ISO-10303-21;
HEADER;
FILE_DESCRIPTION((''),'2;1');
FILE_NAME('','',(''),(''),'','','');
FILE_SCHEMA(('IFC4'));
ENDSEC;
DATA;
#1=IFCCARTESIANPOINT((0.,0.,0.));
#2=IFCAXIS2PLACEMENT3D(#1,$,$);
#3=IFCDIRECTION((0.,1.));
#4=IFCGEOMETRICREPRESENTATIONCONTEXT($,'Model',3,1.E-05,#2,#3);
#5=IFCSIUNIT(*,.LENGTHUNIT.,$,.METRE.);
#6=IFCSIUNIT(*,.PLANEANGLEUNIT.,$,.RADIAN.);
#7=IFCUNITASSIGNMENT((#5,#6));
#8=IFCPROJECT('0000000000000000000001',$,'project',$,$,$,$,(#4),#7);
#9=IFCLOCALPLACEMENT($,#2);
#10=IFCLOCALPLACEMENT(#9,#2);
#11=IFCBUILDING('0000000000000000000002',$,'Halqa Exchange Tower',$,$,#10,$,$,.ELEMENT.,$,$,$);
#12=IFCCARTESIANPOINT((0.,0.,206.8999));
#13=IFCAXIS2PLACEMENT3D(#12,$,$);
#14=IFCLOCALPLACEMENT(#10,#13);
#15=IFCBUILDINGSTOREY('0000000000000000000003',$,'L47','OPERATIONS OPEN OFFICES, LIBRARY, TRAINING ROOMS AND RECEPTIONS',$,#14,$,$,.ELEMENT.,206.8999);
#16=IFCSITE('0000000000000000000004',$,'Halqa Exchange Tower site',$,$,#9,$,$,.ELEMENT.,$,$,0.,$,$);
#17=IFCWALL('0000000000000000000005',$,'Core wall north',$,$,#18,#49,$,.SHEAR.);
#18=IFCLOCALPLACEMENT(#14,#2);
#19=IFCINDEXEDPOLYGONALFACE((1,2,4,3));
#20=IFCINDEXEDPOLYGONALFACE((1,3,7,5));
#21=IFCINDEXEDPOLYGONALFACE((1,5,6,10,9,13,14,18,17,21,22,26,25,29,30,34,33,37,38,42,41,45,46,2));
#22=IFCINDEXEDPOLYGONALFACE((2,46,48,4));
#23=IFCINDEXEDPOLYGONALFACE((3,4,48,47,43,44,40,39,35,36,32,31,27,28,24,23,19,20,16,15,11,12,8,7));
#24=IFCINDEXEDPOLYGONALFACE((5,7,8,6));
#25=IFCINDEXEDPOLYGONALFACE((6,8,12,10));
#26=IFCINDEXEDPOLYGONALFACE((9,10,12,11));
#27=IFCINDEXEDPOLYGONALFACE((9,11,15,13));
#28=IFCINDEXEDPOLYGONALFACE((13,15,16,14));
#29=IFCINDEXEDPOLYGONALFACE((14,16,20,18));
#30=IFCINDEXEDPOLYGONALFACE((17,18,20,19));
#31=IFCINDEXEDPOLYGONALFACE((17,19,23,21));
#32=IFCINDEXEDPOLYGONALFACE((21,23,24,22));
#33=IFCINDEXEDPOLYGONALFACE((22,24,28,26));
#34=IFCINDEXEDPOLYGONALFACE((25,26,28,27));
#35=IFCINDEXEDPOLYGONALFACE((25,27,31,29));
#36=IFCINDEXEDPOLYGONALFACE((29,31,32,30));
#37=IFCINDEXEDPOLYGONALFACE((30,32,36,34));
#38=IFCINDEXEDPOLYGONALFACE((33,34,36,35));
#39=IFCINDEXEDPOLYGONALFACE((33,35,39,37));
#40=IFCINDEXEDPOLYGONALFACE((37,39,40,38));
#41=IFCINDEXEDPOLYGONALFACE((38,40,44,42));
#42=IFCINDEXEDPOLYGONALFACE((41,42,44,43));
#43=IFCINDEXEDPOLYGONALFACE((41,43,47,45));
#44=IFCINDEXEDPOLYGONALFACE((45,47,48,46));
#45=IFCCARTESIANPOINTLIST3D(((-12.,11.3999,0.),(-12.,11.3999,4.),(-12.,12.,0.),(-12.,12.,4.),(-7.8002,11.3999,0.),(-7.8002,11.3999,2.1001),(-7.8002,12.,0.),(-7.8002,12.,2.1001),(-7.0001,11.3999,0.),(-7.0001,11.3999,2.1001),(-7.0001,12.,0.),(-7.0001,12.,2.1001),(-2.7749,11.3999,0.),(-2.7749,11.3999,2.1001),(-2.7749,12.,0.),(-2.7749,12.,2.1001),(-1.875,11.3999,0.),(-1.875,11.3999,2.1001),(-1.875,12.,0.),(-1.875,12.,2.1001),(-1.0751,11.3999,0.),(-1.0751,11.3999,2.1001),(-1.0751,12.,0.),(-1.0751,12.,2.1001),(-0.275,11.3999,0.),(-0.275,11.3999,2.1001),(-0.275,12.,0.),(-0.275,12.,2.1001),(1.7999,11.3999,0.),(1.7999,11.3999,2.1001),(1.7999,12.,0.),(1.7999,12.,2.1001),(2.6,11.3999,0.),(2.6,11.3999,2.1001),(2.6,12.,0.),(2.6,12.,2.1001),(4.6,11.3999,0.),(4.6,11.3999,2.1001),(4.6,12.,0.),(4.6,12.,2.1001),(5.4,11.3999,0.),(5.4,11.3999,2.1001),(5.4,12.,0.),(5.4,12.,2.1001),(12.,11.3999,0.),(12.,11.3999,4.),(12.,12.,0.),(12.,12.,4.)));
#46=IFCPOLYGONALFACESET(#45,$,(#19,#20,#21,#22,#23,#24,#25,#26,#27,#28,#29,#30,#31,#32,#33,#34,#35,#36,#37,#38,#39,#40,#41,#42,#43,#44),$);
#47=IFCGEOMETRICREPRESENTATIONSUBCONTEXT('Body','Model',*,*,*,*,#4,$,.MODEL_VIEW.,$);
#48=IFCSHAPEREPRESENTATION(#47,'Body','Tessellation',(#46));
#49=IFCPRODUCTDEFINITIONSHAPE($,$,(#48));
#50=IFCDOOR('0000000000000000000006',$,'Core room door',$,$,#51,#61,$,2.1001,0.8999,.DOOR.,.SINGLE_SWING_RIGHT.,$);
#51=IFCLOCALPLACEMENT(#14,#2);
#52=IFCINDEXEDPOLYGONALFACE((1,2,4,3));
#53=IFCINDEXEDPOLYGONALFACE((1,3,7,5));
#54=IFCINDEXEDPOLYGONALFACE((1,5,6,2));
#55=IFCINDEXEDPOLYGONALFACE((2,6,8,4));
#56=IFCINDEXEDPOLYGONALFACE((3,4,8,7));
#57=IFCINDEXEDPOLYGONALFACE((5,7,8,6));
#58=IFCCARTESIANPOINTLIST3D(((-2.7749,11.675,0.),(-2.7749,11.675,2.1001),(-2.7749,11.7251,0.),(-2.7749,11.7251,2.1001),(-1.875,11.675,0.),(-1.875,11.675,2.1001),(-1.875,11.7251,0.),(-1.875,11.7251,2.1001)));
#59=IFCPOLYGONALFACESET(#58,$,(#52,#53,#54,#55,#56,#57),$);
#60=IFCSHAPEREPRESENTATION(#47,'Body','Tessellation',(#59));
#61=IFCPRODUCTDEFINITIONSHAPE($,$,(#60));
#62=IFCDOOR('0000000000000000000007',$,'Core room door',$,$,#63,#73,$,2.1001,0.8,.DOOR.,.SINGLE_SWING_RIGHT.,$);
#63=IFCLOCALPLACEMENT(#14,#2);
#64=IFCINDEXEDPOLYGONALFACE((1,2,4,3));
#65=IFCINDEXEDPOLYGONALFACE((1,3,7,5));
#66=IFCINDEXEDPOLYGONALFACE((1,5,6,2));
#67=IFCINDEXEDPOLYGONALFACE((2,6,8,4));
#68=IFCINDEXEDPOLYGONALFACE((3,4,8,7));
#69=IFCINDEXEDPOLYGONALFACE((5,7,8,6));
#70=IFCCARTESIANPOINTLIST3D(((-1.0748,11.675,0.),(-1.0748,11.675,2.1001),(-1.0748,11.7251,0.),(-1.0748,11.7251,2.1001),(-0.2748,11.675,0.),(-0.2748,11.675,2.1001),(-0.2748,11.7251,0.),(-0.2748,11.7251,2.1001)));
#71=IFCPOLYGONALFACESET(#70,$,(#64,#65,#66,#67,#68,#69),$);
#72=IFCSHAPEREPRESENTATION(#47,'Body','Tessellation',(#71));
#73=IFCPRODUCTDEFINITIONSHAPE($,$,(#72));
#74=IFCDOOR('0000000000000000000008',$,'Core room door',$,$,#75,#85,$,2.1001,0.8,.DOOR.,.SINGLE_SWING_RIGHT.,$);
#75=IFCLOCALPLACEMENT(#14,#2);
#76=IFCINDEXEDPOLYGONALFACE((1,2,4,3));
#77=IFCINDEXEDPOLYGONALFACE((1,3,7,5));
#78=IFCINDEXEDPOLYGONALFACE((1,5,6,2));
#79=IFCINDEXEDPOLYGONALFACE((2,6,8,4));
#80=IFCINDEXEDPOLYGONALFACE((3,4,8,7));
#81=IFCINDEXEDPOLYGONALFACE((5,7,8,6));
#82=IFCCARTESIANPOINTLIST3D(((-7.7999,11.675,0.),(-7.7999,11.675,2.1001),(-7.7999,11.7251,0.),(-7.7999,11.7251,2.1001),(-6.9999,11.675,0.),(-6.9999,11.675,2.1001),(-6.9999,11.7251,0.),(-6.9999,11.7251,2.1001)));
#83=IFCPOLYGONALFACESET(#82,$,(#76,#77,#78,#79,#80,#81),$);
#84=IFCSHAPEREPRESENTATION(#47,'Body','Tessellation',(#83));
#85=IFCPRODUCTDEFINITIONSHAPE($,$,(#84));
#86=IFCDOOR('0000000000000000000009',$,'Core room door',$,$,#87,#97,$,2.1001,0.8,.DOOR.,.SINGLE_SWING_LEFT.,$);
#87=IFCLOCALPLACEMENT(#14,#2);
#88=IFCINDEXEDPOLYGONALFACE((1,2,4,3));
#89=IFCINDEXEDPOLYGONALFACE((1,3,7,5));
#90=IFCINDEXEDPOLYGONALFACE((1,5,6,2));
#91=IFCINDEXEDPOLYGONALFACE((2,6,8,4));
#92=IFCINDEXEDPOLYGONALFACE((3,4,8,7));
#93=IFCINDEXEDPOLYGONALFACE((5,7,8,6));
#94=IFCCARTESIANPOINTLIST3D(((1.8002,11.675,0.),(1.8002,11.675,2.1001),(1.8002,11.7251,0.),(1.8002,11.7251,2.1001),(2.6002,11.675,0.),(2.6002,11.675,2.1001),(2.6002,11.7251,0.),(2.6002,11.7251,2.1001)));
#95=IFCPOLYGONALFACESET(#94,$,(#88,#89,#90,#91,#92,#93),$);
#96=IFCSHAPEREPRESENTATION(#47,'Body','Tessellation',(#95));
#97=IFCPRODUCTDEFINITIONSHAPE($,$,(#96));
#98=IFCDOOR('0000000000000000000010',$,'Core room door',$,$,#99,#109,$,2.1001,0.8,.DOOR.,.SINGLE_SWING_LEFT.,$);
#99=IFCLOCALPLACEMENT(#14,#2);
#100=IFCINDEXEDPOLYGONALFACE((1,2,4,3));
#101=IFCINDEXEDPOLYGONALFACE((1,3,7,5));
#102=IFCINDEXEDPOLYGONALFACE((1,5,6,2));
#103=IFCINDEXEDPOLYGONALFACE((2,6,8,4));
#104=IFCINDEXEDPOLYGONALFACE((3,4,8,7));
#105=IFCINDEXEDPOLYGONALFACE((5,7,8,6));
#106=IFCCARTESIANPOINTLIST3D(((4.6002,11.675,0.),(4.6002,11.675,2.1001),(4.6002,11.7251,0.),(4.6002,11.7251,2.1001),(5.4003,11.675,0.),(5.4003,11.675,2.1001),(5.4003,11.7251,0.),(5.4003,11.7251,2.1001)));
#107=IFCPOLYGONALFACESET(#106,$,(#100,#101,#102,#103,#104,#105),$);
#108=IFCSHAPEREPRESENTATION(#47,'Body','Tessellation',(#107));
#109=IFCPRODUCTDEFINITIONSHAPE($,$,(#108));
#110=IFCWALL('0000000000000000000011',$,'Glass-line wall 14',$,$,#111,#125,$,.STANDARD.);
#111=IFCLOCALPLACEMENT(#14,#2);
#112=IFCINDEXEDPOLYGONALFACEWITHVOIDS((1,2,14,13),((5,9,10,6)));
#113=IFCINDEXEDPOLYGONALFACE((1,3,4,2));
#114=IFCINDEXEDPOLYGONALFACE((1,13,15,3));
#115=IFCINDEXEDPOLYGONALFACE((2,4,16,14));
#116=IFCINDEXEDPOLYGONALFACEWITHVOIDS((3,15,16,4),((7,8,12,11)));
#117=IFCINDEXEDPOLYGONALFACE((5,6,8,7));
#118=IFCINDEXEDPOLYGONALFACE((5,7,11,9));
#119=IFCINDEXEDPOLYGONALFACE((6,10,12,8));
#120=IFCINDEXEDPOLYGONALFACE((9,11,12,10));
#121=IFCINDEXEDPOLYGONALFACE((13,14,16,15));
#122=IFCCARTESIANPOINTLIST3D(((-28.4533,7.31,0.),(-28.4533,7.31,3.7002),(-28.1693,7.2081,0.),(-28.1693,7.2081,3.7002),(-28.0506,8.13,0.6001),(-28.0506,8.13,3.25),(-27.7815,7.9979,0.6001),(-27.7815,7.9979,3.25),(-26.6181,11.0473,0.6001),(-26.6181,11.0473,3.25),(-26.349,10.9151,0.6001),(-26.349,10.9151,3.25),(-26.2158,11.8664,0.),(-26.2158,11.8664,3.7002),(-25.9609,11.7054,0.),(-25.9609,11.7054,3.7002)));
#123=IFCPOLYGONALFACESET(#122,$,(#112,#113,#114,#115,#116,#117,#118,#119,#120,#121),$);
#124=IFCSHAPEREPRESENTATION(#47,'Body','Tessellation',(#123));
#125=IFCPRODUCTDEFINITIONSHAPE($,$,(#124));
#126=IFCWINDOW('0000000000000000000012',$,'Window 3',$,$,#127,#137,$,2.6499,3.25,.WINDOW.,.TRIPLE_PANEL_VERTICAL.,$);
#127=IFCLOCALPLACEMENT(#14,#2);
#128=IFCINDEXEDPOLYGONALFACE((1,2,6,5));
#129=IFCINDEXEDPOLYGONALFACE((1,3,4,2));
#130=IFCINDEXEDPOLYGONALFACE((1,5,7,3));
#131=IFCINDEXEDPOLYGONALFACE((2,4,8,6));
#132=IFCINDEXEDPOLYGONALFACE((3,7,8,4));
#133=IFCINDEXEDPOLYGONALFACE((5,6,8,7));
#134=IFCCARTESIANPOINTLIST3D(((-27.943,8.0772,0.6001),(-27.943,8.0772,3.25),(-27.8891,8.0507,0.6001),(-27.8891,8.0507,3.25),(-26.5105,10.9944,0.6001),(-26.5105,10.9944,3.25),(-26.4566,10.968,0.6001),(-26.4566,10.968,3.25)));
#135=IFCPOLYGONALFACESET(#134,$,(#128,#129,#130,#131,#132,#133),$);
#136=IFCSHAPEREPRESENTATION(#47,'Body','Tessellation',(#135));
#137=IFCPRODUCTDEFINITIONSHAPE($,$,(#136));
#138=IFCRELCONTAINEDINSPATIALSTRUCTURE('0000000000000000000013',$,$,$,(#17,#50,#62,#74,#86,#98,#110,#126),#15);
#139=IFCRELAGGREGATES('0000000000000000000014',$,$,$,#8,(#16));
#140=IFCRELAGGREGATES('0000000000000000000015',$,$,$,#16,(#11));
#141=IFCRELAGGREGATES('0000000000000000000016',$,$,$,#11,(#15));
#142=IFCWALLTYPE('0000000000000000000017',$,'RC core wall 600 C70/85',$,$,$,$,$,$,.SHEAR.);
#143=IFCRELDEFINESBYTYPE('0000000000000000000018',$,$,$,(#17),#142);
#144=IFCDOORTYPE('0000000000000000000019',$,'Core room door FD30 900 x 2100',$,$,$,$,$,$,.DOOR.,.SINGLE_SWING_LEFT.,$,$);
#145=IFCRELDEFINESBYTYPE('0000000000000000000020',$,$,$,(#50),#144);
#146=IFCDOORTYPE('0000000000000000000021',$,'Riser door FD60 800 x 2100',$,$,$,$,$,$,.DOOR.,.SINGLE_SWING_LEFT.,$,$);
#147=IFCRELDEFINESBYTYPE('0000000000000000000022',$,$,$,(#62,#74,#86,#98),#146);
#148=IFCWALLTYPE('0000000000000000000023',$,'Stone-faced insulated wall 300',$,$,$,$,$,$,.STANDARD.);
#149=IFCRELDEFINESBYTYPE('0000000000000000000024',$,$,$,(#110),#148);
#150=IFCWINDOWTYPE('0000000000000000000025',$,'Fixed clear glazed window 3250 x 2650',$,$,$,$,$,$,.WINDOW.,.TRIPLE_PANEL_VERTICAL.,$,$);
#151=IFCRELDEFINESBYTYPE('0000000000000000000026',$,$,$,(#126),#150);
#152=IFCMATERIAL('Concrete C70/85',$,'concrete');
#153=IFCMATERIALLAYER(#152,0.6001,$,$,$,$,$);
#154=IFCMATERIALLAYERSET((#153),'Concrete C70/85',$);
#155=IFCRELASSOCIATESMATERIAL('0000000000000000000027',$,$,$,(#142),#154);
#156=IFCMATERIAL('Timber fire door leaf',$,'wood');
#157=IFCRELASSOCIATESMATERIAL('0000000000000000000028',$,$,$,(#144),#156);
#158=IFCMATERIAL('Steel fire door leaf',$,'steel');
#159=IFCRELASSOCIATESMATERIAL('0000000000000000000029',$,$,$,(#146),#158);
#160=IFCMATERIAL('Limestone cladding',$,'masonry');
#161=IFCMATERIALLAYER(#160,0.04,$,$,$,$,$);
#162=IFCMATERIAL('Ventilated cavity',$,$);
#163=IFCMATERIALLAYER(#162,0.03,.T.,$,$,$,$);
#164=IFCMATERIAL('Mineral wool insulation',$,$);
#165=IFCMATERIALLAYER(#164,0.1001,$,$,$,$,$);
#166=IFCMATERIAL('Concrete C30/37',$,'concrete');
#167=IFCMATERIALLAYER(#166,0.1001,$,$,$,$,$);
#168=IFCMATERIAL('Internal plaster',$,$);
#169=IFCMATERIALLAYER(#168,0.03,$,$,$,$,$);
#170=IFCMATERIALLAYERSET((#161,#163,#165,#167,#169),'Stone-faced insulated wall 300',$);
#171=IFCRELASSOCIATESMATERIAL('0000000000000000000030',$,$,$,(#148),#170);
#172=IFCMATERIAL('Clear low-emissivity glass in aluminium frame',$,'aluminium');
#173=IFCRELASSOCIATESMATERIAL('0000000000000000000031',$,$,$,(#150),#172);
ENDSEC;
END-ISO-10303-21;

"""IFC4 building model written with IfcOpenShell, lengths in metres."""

from ifc_helpers import new_model, si_unit, direction, frame, frame_2d, origin, place, context, subcontext, project, spatial, polyline, rectangle, outline, extrude, material, layer, layer_set, type_object, element, fill, save


model = new_model("IFC4")

# Units and contexts
model_context = context("Model", 3, precision=1e-05, world=origin(), true_north=direction((0.0, 1.0)))
body_context = subcontext(model_context, "Body", "Model", "MODEL_VIEW")
ifc_project = project(units=[si_unit("LENGTHUNIT", "METRE"), si_unit("PLANEANGLEUNIT", "RADIAN")], contexts=[model_context])

# Site, building, storey
site_placement = place(None, origin())
site = spatial("IfcSite", under=ifc_project, at=site_placement, Name="Halqa Exchange Tower site", CompositionType="ELEMENT", RefElevation=0.0)
building_placement = place(site_placement, origin())
building = spatial("IfcBuilding", under=site, at=building_placement, Name="Halqa Exchange Tower", CompositionType="ELEMENT")
storey_placement = place(building_placement, frame((0.0, 0.0, 206.8999)))
storey = spatial("IfcBuildingStorey", under=building, at=storey_placement, Name="L47", Description="OPERATIONS OPEN OFFICES, LIBRARY, TRAINING ROOMS AND RECEPTIONS", CompositionType="ELEMENT", Elevation=206.8999)

# Shared definitions
ifc_material_1 = material(Name="Steel fire door leaf", Category="steel")

# Wall, openings, doors
ifc_material_2 = material(Name="Concrete C70/85", Category="concrete")
ifc_layer_1 = layer(ifc_material_2, 0.6001)
ifc_layer_set_1 = layer_set([ifc_layer_1], Name="Concrete C70/85")
wall_type_1 = type_object("IfcWallType", Name="RC core wall 600 C70/85", PredefinedType="SHEAR", material=ifc_layer_set_1)
wall_1_placement = place(storey_placement, frame((-12.0, 11.7, 0.0), z_axis=(0.0, 0.0, 1.0), x_axis=(1.0, 0.0, 0.0)))
wall_1 = element("IfcWall", 1, at=wall_1_placement, inside=storey, type_object=wall_type_1, Name="Core wall north", PredefinedType="SHEAR", context=body_context, shape_type="SweptSolid", body=[
    extrude(rectangle(XDim=24.0, YDim=0.6001, at=frame_2d((12.0, 0.0))), origin(), (0.0, 0.0, 1.0), 4.0),
])
opening_1_placement = place(wall_1_placement, frame((9.2251, 0.0, 0.0)))
opening_1 = element("IfcOpeningElement", 2, at=opening_1_placement, cuts=wall_1, PredefinedType="OPENING", context=body_context, shape_type="SweptSolid", body=[
    extrude(rectangle(XDim=0.8999, YDim=2.1001, at=frame_2d((0.45, 1.05))), frame((0.0, 0.312, 0.0), z_axis=(0.0, -1.0, 0.0), x_axis=(1.0, 0.0, 0.0)), (0.0, 0.0, 1.0), 0.624),
])
opening_2_placement = place(wall_1_placement, frame((10.925, 0.0, 0.0)))
opening_2 = element("IfcOpeningElement", 3, at=opening_2_placement, cuts=wall_1, PredefinedType="OPENING", context=body_context, shape_type="SweptSolid", body=[
    extrude(rectangle(XDim=0.8, YDim=2.1001, at=frame_2d((0.3999, 1.05))), frame((0.0, 0.312, 0.0), z_axis=(0.0, -1.0, 0.0), x_axis=(1.0, 0.0, 0.0)), (0.0, 0.0, 1.0), 0.624),
])
opening_3_placement = place(wall_1_placement, frame((4.2, 0.0, 0.0)))
opening_3 = element("IfcOpeningElement", 4, at=opening_3_placement, cuts=wall_1, PredefinedType="OPENING", context=body_context, shape_type="SweptSolid", body=[
    extrude(rectangle(XDim=0.8, YDim=2.1001, at=frame_2d((0.3999, 1.05))), frame((0.0, 0.312, 0.0), z_axis=(0.0, -1.0, 0.0), x_axis=(1.0, 0.0, 0.0)), (0.0, 0.0, 1.0), 0.624),
])
opening_4_placement = place(wall_1_placement, frame((13.8, 0.0, 0.0)))
opening_4 = element("IfcOpeningElement", 5, at=opening_4_placement, cuts=wall_1, PredefinedType="OPENING", context=body_context, shape_type="SweptSolid", body=[
    extrude(rectangle(XDim=0.8, YDim=2.1001, at=frame_2d((0.3999, 1.05))), frame((0.0, 0.312, 0.0), z_axis=(0.0, -1.0, 0.0), x_axis=(1.0, 0.0, 0.0)), (0.0, 0.0, 1.0), 0.624),
])
opening_5_placement = place(wall_1_placement, frame((16.6001, 0.0, 0.0)))
opening_5 = element("IfcOpeningElement", 6, at=opening_5_placement, cuts=wall_1, PredefinedType="OPENING", context=body_context, shape_type="SweptSolid", body=[
    extrude(rectangle(XDim=0.8, YDim=2.1001, at=frame_2d((0.3999, 1.05))), frame((0.0, 0.312, 0.0), z_axis=(0.0, -1.0, 0.0), x_axis=(1.0, 0.0, 0.0)), (0.0, 0.0, 1.0), 0.624),
])
ifc_material_3 = material(Name="Timber fire door leaf", Category="wood")
door_type_1 = type_object("IfcDoorType", Name="Core room door FD30 900 x 2100", OperationType="SINGLE_SWING_LEFT", PredefinedType="DOOR", material=ifc_material_3)
door_1_placement = place(opening_1_placement, frame((0.8999, 0.0, 0.0), z_axis=(0.0, 0.0, 1.0), x_axis=(-1.0, 0.0, 0.0)))
door_1 = element("IfcDoor", 7, at=door_1_placement, inside=storey, type_object=door_type_1, Name="Core room door", OperationType="SINGLE_SWING_RIGHT", OverallHeight=2.1001, OverallWidth=0.8999, PredefinedType="DOOR", context=body_context, shape_type="SweptSolid", body=[
    extrude(rectangle(XDim=0.8999, YDim=2.1001, at=frame_2d((0.45, 1.05))), frame((0.0, 0.0249, 0.0), z_axis=(0.0, -1.0, 0.0), x_axis=(1.0, 0.0, 0.0)), (0.0, 0.0, 1.0), 0.05),
])
fill(opening_1, door_1)
door_type_2 = type_object("IfcDoorType", Name="Riser door FD60 800 x 2100", OperationType="SINGLE_SWING_LEFT", PredefinedType="DOOR", material=ifc_material_1)
door_2_placement = place(opening_2_placement, frame((0.8, 0.0, 0.0), z_axis=(0.0, 0.0, 1.0), x_axis=(-1.0, 0.0, 0.0)))
door_2 = element("IfcDoor", 8, at=door_2_placement, inside=storey, type_object=door_type_2, Name="Core room door", OperationType="SINGLE_SWING_RIGHT", OverallHeight=2.1001, OverallWidth=0.8, PredefinedType="DOOR", context=body_context, shape_type="SweptSolid", body=[
    extrude(rectangle(XDim=0.8, YDim=2.1001, at=frame_2d((0.3999, 1.05))), frame((0.0, 0.0249, 0.0), z_axis=(0.0, -1.0, 0.0), x_axis=(1.0, 0.0, 0.0)), (0.0, 0.0, 1.0), 0.05),
])
fill(opening_2, door_2)
door_3_placement = place(opening_3_placement, frame((0.8, 0.0, 0.0), z_axis=(0.0, 0.0, 1.0), x_axis=(-1.0, 0.0, 0.0)))
door_3 = element("IfcDoor", 9, at=door_3_placement, inside=storey, type_object=door_type_2, Name="Core room door", OperationType="SINGLE_SWING_RIGHT", OverallHeight=2.1001, OverallWidth=0.8, PredefinedType="DOOR", context=body_context, shape_type="SweptSolid", body=[
    extrude(rectangle(XDim=0.8, YDim=2.1001, at=frame_2d((0.3999, 1.05))), frame((0.0, 0.0249, 0.0), z_axis=(0.0, -1.0, 0.0), x_axis=(1.0, 0.0, 0.0)), (0.0, 0.0, 1.0), 0.05),
])
fill(opening_3, door_3)
door_4_placement = place(opening_4_placement, frame((0.8, 0.0, 0.0), z_axis=(0.0, 0.0, 1.0), x_axis=(-1.0, 0.0, 0.0)))
door_4 = element("IfcDoor", 10, at=door_4_placement, inside=storey, type_object=door_type_2, Name="Core room door", OperationType="SINGLE_SWING_LEFT", OverallHeight=2.1001, OverallWidth=0.8, PredefinedType="DOOR", context=body_context, shape_type="SweptSolid", body=[
    extrude(rectangle(XDim=0.8, YDim=2.1001, at=frame_2d((0.3999, 1.05))), frame((0.0, 0.0249, 0.0), z_axis=(0.0, -1.0, 0.0), x_axis=(1.0, 0.0, 0.0)), (0.0, 0.0, 1.0), 0.05),
])
fill(opening_4, door_4)
door_5_placement = place(opening_5_placement, frame((0.8, 0.0, 0.0), z_axis=(0.0, 0.0, 1.0), x_axis=(-1.0, 0.0, 0.0)))
door_5 = element("IfcDoor", 11, at=door_5_placement, inside=storey, type_object=door_type_2, Name="Core room door", OperationType="SINGLE_SWING_LEFT", OverallHeight=2.1001, OverallWidth=0.8, PredefinedType="DOOR", context=body_context, shape_type="SweptSolid", body=[
    extrude(rectangle(XDim=0.8, YDim=2.1001, at=frame_2d((0.3999, 1.05))), frame((0.0, 0.0249, 0.0), z_axis=(0.0, -1.0, 0.0), x_axis=(1.0, 0.0, 0.0)), (0.0, 0.0, 1.0), 0.05),
])
fill(opening_5, door_5)

# Wall, opening, window
ifc_material_4 = material(Name="Limestone cladding", Category="masonry")
ifc_layer_2 = layer(ifc_material_4, 0.04)
ifc_material_5 = material(Name="Ventilated cavity")
ifc_layer_3 = layer(ifc_material_5, 0.03, ventilated=True)
ifc_material_6 = material(Name="Mineral wool insulation")
ifc_layer_4 = layer(ifc_material_6, 0.1001)
ifc_material_7 = material(Name="Concrete C30/37", Category="concrete")
ifc_layer_5 = layer(ifc_material_7, 0.1001)
ifc_material_8 = material(Name="Internal plaster")
ifc_layer_6 = layer(ifc_material_8, 0.03)
ifc_layer_set_2 = layer_set([ifc_layer_2, ifc_layer_3, ifc_layer_4, ifc_layer_5, ifc_layer_6], Name="Stone-faced insulated wall 300")
wall_type_2 = type_object("IfcWallType", Name="Stone-faced insulated wall 300", PredefinedType="STANDARD", material=ifc_layer_set_2)
wall_2_placement = place(storey_placement, frame((-26.0884, 11.7859, 0.0), z_axis=(0.0, 0.0, 1.0), x_axis=(-0.440773, -0.897619, 0.0)))
wall_2 = element("IfcWall", 12, at=wall_2_placement, inside=storey, type_object=wall_type_2, Name="Glass-line wall 14", PredefinedType="STANDARD", context=body_context, shape_type="SweptSolid", body=[
    extrude(outline(polyline([(-0.0161, -0.1499), (5.0601, -0.1499), (5.0264, 0.1499), (0.0161, 0.1499), (-0.0161, -0.1499)])), origin(), (0.0, 0.0, 1.0), 3.7002),
])
opening_6_placement = place(wall_2_placement, frame((0.8965, 0.0, 0.6001)))
opening_6 = element("IfcOpeningElement", 13, at=opening_6_placement, cuts=wall_2, PredefinedType="OPENING", context=body_context, shape_type="SweptSolid", body=[
    extrude(rectangle(XDim=3.25, YDim=2.6499, at=frame_2d((1.625, 1.325))), frame((0.0, 0.1621, 0.0), z_axis=(0.0, -1.0, 0.0), x_axis=(1.0, 0.0, 0.0)), (0.0, 0.0, 1.0), 0.324),
])
ifc_material_9 = material(Name="Clear low-emissivity glass in aluminium frame", Category="aluminium")
window_type = type_object("IfcWindowType", Name="Fixed clear glazed window 3250 x 2650", PartitioningType="TRIPLE_PANEL_VERTICAL", PredefinedType="WINDOW", material=ifc_material_9)
window_1_placement = place(opening_6_placement, origin())
window_1 = element("IfcWindow", 14, at=window_1_placement, inside=storey, type_object=window_type, Name="Window 3", OverallHeight=2.6499, OverallWidth=3.25, PartitioningType="TRIPLE_PANEL_VERTICAL", PredefinedType="WINDOW", context=body_context, shape_type="SweptSolid", body=[
    extrude(rectangle(XDim=3.25, YDim=2.6499, at=frame_2d((1.625, 1.325))), frame((0.0, 0.03, 0.0), z_axis=(0.0, -1.0, 0.0), x_axis=(1.0, 0.0, 0.0)), (0.0, 0.0, 1.0), 0.0601),
])
fill(opening_6, window_1)

save(model, "model.ifc")
